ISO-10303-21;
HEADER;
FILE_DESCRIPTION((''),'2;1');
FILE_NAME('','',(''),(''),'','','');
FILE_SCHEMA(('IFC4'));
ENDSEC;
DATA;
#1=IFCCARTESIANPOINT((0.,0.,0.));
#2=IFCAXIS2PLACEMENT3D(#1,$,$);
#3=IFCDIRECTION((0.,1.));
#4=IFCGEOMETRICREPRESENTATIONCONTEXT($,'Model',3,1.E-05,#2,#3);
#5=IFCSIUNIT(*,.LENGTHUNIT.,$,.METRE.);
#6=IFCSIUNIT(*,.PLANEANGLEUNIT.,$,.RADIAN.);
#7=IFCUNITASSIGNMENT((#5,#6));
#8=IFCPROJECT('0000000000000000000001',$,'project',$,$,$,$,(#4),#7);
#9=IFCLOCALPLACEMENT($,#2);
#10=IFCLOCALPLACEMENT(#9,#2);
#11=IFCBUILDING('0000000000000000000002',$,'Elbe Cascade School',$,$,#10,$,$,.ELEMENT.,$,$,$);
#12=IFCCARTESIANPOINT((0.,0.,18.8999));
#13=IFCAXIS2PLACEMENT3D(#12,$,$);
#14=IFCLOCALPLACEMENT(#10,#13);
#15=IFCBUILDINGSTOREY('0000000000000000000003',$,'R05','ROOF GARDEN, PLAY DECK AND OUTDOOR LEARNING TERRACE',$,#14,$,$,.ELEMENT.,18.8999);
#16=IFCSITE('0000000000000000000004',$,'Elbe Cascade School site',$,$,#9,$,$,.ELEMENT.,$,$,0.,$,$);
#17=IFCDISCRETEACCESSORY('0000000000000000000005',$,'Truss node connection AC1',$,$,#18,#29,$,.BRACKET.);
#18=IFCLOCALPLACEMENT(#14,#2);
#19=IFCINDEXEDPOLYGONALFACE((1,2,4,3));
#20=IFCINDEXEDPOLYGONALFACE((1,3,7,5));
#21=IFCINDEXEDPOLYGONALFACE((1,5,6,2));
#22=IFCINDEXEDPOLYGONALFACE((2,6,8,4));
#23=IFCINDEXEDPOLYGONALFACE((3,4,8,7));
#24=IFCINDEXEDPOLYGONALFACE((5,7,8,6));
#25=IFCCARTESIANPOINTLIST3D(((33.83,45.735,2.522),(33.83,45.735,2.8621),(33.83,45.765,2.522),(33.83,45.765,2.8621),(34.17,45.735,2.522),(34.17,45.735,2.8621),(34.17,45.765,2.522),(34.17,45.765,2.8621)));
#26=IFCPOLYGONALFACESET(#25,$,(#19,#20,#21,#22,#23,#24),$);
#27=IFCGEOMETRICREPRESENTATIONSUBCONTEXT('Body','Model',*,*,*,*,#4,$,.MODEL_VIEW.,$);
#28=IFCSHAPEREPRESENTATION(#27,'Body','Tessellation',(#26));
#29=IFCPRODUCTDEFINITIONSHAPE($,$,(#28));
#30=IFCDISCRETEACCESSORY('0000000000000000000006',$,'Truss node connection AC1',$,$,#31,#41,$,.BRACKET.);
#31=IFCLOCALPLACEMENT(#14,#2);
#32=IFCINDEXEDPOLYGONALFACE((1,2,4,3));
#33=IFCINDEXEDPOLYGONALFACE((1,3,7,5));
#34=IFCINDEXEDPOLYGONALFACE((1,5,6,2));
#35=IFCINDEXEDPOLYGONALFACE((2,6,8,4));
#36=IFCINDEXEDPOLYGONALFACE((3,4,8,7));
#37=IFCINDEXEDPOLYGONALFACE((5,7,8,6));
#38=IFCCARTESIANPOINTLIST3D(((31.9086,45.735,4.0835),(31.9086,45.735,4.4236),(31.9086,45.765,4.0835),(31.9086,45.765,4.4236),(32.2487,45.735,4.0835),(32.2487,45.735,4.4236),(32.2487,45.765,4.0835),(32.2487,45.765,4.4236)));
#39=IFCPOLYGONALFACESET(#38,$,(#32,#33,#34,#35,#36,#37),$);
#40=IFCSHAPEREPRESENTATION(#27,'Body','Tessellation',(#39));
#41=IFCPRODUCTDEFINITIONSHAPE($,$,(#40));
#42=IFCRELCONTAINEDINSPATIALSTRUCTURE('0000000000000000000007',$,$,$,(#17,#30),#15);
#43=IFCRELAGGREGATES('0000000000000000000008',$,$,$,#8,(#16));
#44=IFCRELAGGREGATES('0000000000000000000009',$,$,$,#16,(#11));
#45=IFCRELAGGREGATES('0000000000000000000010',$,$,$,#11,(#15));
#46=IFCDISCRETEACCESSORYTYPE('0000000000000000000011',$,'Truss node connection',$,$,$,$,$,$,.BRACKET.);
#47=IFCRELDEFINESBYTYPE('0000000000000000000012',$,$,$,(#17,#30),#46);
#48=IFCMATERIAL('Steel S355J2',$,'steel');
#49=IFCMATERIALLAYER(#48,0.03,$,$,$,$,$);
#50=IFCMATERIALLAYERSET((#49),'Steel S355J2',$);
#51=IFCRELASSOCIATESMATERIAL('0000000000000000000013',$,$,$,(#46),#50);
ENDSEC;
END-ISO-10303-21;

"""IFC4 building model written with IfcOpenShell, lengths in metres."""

from ifc_helpers import new_model, si_unit, direction, frame, origin, origin_2d, place, context, subcontext, project, spatial, rectangle, extrude, material, layer, layer_set, type_object, element, save


model = new_model("IFC4")

# Units and contexts
model_context = context("Model", 3, precision=1e-05, world=origin(), true_north=direction((0.0, 1.0)))
body_context = subcontext(model_context, "Body", "Model", "MODEL_VIEW")
ifc_project = project(units=[si_unit("LENGTHUNIT", "METRE"), si_unit("PLANEANGLEUNIT", "RADIAN")], contexts=[model_context])

# Site, building, storey
site_placement = place(None, origin())
site = spatial("IfcSite", under=ifc_project, at=site_placement, Name="Elbe Cascade School site", CompositionType="ELEMENT", RefElevation=0.0)
building_placement = place(site_placement, origin())
building = spatial("IfcBuilding", under=site, at=building_placement, Name="Elbe Cascade School", CompositionType="ELEMENT")
storey_placement = place(building_placement, frame((0.0, 0.0, 18.8999)))
storey = spatial("IfcBuildingStorey", under=building, at=storey_placement, Name="R05", Description="ROOF GARDEN, PLAY DECK AND OUTDOOR LEARNING TERRACE", CompositionType="ELEMENT", Elevation=18.8999)

# Discrete accessories
ifc_material_1 = material(Name="Steel S355J2", Category="steel")
ifc_layer_1 = layer(ifc_material_1, 0.03)
ifc_layer_set_1 = layer_set([ifc_layer_1], Name="Steel S355J2")
discrete_accessory_type_1 = type_object("IfcDiscreteAccessoryType", Name="Truss node connection", PredefinedType="BRACKET", material=ifc_layer_set_1)
for number, where, z_axis, x_axis, name in (
    (1, (34.0, 45.75, 2.522), (0.0, 0.0, 1.0), (1.0, 0.0, 0.0), "Truss node connection AC1"),
    (2, (32.0786, 45.75, 4.0835), (0.0, 0.0, 1.0), (1.0, 0.0, 0.0), "Truss node connection AC1"),
):
    element("IfcDiscreteAccessory", number, at=place(storey_placement, frame(where, z_axis=z_axis, x_axis=x_axis)), inside=storey, type_object=discrete_accessory_type_1, Name=name, PredefinedType="BRACKET", context=body_context, shape_type="SweptSolid", body=[
        extrude(rectangle(XDim=0.3401, YDim=0.03, at=origin_2d()), origin(), (0.0, 0.0, 1.0), 0.3401),
    ])

save(model, "model.ifc")
